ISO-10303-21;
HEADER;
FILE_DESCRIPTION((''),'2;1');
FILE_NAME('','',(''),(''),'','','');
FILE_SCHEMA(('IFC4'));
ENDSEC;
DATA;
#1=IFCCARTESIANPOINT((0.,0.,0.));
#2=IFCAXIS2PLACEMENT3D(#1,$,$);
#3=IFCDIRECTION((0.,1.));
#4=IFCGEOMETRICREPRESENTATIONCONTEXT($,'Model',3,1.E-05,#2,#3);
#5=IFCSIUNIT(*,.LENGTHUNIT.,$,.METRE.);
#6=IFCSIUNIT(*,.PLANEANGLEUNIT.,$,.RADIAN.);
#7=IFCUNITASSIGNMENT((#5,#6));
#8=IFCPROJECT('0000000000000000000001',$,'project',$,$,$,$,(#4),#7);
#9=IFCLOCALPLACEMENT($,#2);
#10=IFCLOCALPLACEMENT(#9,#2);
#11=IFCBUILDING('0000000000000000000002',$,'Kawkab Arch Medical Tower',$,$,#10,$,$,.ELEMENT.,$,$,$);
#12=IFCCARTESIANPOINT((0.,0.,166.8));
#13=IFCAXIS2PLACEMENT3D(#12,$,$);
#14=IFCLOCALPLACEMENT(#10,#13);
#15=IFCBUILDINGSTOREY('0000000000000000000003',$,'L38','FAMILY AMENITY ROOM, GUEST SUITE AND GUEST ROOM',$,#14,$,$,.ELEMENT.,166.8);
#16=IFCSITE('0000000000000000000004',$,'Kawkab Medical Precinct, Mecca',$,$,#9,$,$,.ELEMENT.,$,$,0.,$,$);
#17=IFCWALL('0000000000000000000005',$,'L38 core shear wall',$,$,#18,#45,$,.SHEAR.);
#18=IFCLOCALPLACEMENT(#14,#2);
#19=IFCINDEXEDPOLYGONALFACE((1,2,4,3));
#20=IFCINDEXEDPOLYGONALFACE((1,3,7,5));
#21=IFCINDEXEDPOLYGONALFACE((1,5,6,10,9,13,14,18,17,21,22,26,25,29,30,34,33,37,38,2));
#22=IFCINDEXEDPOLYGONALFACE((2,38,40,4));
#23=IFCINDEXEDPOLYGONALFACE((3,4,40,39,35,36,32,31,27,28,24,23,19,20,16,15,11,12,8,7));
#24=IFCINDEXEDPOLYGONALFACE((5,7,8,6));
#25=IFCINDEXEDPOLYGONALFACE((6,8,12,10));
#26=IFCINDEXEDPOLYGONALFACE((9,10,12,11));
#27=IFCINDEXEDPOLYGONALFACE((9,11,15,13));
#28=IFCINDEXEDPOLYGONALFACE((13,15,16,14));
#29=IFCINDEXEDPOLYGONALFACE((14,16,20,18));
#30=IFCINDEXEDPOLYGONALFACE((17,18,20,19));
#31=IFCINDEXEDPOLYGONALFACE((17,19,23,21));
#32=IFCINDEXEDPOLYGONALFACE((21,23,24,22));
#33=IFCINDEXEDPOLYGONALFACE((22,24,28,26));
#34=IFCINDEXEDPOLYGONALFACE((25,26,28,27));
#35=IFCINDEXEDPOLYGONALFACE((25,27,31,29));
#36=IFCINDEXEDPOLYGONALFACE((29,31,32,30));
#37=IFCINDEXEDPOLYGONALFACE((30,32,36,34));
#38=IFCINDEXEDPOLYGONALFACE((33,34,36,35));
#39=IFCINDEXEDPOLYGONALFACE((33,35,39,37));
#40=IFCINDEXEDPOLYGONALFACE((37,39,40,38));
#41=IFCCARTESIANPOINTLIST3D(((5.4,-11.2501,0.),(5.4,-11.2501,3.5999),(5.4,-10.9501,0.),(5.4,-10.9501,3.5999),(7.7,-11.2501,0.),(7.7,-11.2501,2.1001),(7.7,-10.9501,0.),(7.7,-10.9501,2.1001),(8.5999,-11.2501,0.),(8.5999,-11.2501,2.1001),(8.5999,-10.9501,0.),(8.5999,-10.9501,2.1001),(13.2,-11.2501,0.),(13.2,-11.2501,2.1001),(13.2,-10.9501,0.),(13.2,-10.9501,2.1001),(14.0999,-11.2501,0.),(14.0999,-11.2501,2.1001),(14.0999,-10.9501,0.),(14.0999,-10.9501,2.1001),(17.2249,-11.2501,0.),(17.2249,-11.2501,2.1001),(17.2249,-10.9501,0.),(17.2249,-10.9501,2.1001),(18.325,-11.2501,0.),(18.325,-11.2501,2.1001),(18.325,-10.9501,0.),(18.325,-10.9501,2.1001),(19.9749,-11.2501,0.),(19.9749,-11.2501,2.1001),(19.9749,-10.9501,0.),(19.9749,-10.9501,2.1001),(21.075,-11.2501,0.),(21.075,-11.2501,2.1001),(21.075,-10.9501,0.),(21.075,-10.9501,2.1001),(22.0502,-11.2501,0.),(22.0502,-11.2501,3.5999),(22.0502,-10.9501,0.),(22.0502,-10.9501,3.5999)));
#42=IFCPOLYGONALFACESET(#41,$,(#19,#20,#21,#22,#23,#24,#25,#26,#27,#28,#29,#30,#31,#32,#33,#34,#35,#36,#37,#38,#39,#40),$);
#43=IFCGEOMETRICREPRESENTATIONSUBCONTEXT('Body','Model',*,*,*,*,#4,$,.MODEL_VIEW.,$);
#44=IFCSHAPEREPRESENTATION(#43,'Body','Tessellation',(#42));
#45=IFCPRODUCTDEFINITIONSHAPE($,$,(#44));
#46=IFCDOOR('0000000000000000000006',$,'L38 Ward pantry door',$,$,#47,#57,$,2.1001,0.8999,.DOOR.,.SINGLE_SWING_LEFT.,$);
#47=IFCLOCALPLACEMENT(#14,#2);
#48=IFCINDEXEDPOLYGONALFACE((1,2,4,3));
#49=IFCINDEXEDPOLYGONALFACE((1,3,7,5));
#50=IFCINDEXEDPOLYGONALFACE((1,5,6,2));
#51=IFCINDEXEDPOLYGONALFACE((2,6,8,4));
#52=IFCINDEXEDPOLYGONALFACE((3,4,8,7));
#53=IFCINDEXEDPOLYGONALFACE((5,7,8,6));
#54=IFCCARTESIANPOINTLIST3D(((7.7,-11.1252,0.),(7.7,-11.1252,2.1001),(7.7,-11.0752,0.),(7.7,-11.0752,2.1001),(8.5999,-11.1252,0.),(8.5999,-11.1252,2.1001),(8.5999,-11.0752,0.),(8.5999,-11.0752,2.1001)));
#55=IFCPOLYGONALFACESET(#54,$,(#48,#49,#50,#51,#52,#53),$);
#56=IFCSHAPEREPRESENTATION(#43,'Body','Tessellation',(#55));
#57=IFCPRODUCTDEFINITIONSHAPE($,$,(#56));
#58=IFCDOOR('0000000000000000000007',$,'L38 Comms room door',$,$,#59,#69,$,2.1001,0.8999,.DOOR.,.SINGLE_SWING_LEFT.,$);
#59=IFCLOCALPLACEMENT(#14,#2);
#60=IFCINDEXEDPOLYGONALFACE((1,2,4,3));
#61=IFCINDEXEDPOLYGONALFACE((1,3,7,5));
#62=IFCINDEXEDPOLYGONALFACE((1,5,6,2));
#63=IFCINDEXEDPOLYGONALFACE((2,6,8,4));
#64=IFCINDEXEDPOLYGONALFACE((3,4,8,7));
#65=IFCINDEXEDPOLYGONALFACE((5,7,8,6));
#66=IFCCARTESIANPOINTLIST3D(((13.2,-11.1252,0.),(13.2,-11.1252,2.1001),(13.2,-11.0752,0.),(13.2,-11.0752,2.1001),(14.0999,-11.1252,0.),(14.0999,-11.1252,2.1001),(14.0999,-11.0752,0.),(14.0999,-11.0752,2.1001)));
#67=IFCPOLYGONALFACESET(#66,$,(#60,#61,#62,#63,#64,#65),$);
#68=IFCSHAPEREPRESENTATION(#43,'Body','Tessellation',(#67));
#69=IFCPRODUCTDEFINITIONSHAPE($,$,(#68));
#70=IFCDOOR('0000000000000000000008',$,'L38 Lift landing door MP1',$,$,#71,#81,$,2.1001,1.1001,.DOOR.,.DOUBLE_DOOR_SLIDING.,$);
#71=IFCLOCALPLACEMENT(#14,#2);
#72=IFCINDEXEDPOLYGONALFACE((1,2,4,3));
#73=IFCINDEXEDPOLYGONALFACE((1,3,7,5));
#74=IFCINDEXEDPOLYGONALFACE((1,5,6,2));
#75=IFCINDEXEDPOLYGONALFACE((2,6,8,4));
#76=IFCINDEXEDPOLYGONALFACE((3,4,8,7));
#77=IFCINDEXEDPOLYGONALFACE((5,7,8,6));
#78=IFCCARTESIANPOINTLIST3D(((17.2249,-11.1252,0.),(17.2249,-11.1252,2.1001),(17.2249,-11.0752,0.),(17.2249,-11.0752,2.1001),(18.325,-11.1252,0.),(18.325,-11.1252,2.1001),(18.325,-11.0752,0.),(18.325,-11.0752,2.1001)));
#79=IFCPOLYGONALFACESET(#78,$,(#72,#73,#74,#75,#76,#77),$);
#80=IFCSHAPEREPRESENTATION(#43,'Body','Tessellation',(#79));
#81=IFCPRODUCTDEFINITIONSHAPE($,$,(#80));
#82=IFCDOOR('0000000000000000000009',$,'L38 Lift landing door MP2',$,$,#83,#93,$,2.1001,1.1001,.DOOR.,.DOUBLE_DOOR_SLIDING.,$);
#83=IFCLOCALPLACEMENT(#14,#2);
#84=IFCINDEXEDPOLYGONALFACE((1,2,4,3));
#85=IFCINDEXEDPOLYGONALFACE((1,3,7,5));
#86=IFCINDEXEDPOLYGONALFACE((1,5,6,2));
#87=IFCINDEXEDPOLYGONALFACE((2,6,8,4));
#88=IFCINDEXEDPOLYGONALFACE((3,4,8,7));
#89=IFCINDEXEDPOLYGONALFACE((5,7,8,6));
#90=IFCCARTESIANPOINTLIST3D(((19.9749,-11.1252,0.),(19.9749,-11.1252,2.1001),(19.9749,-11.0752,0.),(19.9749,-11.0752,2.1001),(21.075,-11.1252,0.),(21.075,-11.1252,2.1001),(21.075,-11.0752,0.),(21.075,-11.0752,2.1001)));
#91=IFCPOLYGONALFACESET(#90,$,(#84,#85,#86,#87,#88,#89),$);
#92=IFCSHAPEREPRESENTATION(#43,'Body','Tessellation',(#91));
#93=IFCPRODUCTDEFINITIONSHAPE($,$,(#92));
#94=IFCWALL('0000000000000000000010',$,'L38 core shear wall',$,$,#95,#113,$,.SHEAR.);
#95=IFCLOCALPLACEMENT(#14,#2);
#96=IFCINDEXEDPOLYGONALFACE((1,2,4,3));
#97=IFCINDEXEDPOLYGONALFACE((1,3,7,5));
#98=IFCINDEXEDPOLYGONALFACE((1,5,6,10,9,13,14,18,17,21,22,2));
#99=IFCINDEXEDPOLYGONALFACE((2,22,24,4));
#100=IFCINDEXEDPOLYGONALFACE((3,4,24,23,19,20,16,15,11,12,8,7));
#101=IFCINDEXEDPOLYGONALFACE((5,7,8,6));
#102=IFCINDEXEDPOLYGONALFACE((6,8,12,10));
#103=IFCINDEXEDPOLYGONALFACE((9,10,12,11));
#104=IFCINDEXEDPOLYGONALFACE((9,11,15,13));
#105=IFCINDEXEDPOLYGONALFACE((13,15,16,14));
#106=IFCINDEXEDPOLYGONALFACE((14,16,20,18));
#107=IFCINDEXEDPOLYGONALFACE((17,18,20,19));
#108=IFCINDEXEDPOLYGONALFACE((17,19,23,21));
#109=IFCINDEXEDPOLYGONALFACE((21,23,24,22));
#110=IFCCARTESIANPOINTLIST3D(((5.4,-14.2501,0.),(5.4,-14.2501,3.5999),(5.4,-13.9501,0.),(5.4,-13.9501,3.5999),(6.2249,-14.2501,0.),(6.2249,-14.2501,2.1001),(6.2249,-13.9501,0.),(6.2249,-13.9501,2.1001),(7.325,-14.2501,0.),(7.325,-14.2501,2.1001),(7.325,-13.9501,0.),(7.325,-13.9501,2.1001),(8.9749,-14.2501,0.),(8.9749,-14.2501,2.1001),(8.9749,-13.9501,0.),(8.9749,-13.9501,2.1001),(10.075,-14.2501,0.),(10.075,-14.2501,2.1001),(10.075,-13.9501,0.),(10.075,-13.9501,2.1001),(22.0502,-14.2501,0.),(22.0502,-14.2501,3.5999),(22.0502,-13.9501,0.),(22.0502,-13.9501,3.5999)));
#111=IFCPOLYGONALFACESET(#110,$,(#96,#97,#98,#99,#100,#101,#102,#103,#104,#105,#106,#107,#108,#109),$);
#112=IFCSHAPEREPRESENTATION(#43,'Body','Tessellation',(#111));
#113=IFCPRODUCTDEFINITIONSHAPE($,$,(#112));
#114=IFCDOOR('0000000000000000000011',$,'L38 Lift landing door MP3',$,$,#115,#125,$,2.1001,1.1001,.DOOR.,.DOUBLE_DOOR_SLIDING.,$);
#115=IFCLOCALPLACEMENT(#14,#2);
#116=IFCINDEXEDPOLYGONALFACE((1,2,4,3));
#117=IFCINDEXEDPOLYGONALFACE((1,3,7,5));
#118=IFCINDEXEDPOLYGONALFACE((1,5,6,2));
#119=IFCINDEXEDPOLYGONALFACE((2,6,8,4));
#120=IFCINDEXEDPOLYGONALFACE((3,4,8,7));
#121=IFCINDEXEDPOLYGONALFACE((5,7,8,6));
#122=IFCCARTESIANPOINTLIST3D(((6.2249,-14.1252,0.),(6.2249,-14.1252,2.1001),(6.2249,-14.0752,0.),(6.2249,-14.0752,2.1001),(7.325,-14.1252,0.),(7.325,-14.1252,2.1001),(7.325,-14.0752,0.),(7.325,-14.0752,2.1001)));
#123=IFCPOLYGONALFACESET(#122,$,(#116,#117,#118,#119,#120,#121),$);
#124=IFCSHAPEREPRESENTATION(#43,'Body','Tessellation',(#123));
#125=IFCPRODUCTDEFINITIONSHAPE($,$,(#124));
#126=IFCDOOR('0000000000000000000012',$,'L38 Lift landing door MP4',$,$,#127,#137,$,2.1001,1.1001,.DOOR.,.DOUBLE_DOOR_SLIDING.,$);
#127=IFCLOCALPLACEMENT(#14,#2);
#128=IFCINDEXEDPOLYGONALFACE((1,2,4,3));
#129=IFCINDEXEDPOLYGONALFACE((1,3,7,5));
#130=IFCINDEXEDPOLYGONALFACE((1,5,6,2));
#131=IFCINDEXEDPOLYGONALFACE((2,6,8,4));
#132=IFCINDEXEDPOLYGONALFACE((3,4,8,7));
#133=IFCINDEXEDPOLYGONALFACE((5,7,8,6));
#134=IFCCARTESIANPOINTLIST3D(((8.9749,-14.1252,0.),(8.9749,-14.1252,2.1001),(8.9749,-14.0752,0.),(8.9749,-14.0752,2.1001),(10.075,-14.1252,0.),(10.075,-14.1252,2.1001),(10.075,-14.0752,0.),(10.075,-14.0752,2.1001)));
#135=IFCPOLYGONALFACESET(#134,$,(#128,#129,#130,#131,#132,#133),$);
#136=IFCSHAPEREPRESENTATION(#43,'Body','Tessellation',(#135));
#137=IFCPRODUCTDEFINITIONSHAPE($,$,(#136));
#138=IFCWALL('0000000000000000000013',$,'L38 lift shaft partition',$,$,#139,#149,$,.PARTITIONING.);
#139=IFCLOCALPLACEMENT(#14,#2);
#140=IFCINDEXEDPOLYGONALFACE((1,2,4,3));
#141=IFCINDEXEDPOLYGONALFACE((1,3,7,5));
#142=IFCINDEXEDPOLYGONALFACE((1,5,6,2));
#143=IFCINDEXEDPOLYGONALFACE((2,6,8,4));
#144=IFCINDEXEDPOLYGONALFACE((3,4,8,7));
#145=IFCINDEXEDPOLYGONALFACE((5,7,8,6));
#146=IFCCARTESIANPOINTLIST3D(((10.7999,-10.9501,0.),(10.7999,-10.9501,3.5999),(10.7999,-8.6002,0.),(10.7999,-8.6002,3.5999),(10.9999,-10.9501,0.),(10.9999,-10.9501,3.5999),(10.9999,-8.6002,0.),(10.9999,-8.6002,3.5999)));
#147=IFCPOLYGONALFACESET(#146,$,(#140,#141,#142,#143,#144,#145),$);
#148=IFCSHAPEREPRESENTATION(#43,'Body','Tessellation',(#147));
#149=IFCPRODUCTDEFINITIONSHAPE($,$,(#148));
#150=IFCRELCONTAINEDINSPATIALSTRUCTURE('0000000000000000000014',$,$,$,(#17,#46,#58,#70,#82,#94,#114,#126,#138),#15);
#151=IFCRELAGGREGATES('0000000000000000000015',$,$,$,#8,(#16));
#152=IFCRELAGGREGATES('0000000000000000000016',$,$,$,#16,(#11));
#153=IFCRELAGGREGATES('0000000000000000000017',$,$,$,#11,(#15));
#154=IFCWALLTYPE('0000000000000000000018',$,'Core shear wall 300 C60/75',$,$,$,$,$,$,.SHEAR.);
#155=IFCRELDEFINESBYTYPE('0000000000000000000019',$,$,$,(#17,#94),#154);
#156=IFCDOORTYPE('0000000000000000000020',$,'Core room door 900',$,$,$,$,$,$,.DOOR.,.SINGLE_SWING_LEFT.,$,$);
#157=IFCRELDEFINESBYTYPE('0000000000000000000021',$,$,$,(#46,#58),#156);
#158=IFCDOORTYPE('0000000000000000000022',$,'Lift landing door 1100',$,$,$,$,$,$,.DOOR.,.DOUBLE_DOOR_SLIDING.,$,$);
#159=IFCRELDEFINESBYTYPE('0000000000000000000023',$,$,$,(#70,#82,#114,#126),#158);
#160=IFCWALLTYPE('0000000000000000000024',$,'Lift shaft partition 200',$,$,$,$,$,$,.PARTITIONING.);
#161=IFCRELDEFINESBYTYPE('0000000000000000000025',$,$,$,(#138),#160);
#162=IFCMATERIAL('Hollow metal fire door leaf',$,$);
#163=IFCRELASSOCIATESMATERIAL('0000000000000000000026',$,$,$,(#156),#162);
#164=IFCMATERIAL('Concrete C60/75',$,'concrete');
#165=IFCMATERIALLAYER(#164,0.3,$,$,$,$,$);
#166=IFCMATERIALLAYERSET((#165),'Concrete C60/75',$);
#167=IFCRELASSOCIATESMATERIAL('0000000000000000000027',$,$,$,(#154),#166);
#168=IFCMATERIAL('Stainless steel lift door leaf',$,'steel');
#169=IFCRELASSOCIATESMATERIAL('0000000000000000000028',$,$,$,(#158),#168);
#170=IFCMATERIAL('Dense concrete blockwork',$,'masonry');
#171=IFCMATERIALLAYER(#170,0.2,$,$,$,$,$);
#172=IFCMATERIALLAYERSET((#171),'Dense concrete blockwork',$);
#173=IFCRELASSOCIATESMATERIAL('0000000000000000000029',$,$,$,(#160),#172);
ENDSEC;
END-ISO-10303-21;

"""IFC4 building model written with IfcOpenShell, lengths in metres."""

from ifc_helpers import new_model, si_unit, direction, frame, frame_2d, origin, place, context, subcontext, project, spatial, rectangle, extrude, material, layer, layer_set, type_object, element, fill, save


model = new_model("IFC4")

# Units and contexts
model_context = context("Model", 3, precision=1e-05, world=origin(), true_north=direction((0.0, 1.0)))
body_context = subcontext(model_context, "Body", "Model", "MODEL_VIEW")
ifc_project = project(units=[si_unit("LENGTHUNIT", "METRE"), si_unit("PLANEANGLEUNIT", "RADIAN")], contexts=[model_context])

# Site, building, storey
site_placement = place(None, origin())
site = spatial("IfcSite", under=ifc_project, at=site_placement, Name="Kawkab Medical Precinct, Mecca", CompositionType="ELEMENT", RefElevation=0.0)
building_placement = place(site_placement, origin())
building = spatial("IfcBuilding", under=site, at=building_placement, Name="Kawkab Arch Medical Tower", CompositionType="ELEMENT")
storey_placement = place(building_placement, frame((0.0, 0.0, 166.8)))
storey = spatial("IfcBuildingStorey", under=building, at=storey_placement, Name="L38", Description="FAMILY AMENITY ROOM, GUEST SUITE AND GUEST ROOM", CompositionType="ELEMENT", Elevation=166.8)

# Shared definitions
ifc_material_1 = material(Name="Hollow metal fire door leaf")
door_type_1 = type_object("IfcDoorType", Name="Core room door 900", OperationType="SINGLE_SWING_LEFT", PredefinedType="DOOR", material=ifc_material_1)

# Shared definitions
ifc_material_2 = material(Name="Concrete C60/75", Category="concrete")
ifc_layer_1 = layer(ifc_material_2, 0.3)
ifc_layer_set_1 = layer_set([ifc_layer_1], Name="Concrete C60/75")
wall_type_1 = type_object("IfcWallType", Name="Core shear wall 300 C60/75", PredefinedType="SHEAR", material=ifc_layer_set_1)

# Walls, openings, doors
wall_1_placement = place(storey_placement, frame((5.3999, -11.1001, 0.0), z_axis=(0.0, 0.0, 1.0), x_axis=(1.0, 0.0, 0.0)))
wall_1 = element("IfcWall", 1, at=wall_1_placement, inside=storey, type_object=wall_type_1, Name="L38 core shear wall", PredefinedType="SHEAR", context=body_context, shape_type="SweptSolid", body=[
    extrude(rectangle(XDim=16.6501, YDim=0.3, at=frame_2d((8.3252, 0.0))), origin(), (0.0, 0.0, 1.0), 3.5999),
])
opening_1_placement = place(wall_1_placement, frame((11.825, 0.0, 0.0)))
opening_1 = element("IfcOpeningElement", 2, at=opening_1_placement, cuts=wall_1, PredefinedType="OPENING", context=body_context, shape_type="SweptSolid", body=[
    extrude(rectangle(XDim=1.1001, YDim=2.1001, at=frame_2d((0.55, 1.05))), frame((0.0, 0.1599, 0.0), z_axis=(0.0, -1.0, 0.0), x_axis=(1.0, 0.0, 0.0)), (0.0, 0.0, 1.0), 0.3201),
])
opening_2_placement = place(wall_1_placement, frame((14.575, 0.0, 0.0)))
opening_2 = element("IfcOpeningElement", 3, at=opening_2_placement, cuts=wall_1, PredefinedType="OPENING", context=body_context, shape_type="SweptSolid", body=[
    extrude(rectangle(XDim=1.1001, YDim=2.1001, at=frame_2d((0.55, 1.05))), frame((0.0, 0.1599, 0.0), z_axis=(0.0, -1.0, 0.0), x_axis=(1.0, 0.0, 0.0)), (0.0, 0.0, 1.0), 0.3201),
])
opening_3_placement = place(wall_1_placement, frame((2.3, 0.0, 0.0)))
opening_3 = element("IfcOpeningElement", 4, at=opening_3_placement, cuts=wall_1, PredefinedType="OPENING", context=body_context, shape_type="SweptSolid", body=[
    extrude(rectangle(XDim=0.8999, YDim=2.1001, at=frame_2d((0.45, 1.05))), frame((0.0, 0.1599, 0.0), z_axis=(0.0, -1.0, 0.0), x_axis=(1.0, 0.0, 0.0)), (0.0, 0.0, 1.0), 0.3201),
])
opening_4_placement = place(wall_1_placement, frame((7.8, 0.0, 0.0)))
opening_4 = element("IfcOpeningElement", 5, at=opening_4_placement, cuts=wall_1, PredefinedType="OPENING", context=body_context, shape_type="SweptSolid", body=[
    extrude(rectangle(XDim=0.8999, YDim=2.1001, at=frame_2d((0.45, 1.05))), frame((0.0, 0.1599, 0.0), z_axis=(0.0, -1.0, 0.0), x_axis=(1.0, 0.0, 0.0)), (0.0, 0.0, 1.0), 0.3201),
])
door_1_placement = place(opening_3_placement, origin())
door_1 = element("IfcDoor", 6, at=door_1_placement, inside=storey, type_object=door_type_1, Name="L38 Ward pantry door", OperationType="SINGLE_SWING_LEFT", OverallHeight=2.1001, OverallWidth=0.8999, PredefinedType="DOOR", context=body_context, shape_type="SweptSolid", body=[
    extrude(rectangle(XDim=0.8999, YDim=2.1001, at=frame_2d((0.45, 1.05))), frame((0.0, 0.0249, 0.0), z_axis=(0.0, -1.0, 0.0), x_axis=(1.0, 0.0, 0.0)), (0.0, 0.0, 1.0), 0.05),
])
fill(opening_3, door_1)
door_2_placement = place(opening_4_placement, origin())
door_2 = element("IfcDoor", 7, at=door_2_placement, inside=storey, type_object=door_type_1, Name="L38 Comms room door", OperationType="SINGLE_SWING_LEFT", OverallHeight=2.1001, OverallWidth=0.8999, PredefinedType="DOOR", context=body_context, shape_type="SweptSolid", body=[
    extrude(rectangle(XDim=0.8999, YDim=2.1001, at=frame_2d((0.45, 1.05))), frame((0.0, 0.0249, 0.0), z_axis=(0.0, -1.0, 0.0), x_axis=(1.0, 0.0, 0.0)), (0.0, 0.0, 1.0), 0.05),
])
fill(opening_4, door_2)
ifc_material_3 = material(Name="Stainless steel lift door leaf", Category="steel")
door_type_2 = type_object("IfcDoorType", Name="Lift landing door 1100", OperationType="DOUBLE_DOOR_SLIDING", PredefinedType="DOOR", material=ifc_material_3)
door_3_placement = place(opening_1_placement, origin())
door_3 = element("IfcDoor", 8, at=door_3_placement, inside=storey, type_object=door_type_2, Name="L38 Lift landing door MP1", OperationType="DOUBLE_DOOR_SLIDING", OverallHeight=2.1001, OverallWidth=1.1001, PredefinedType="DOOR", context=body_context, shape_type="SweptSolid", body=[
    extrude(rectangle(XDim=1.1001, YDim=2.1001, at=frame_2d((0.55, 1.05))), frame((0.0, 0.0249, 0.0), z_axis=(0.0, -1.0, 0.0), x_axis=(1.0, 0.0, 0.0)), (0.0, 0.0, 1.0), 0.05),
])
fill(opening_1, door_3)
door_4_placement = place(opening_2_placement, origin())
door_4 = element("IfcDoor", 9, at=door_4_placement, inside=storey, type_object=door_type_2, Name="L38 Lift landing door MP2", OperationType="DOUBLE_DOOR_SLIDING", OverallHeight=2.1001, OverallWidth=1.1001, PredefinedType="DOOR", context=body_context, shape_type="SweptSolid", body=[
    extrude(rectangle(XDim=1.1001, YDim=2.1001, at=frame_2d((0.55, 1.05))), frame((0.0, 0.0249, 0.0), z_axis=(0.0, -1.0, 0.0), x_axis=(1.0, 0.0, 0.0)), (0.0, 0.0, 1.0), 0.05),
])
fill(opening_2, door_4)
wall_2_placement = place(storey_placement, frame((5.3999, -14.1001, 0.0), z_axis=(0.0, 0.0, 1.0), x_axis=(1.0, 0.0, 0.0)))
wall_2 = element("IfcWall", 10, at=wall_2_placement, inside=storey, type_object=wall_type_1, Name="L38 core shear wall", PredefinedType="SHEAR", context=body_context, shape_type="SweptSolid", body=[
    extrude(rectangle(XDim=16.6501, YDim=0.3, at=frame_2d((8.3252, 0.0))), origin(), (0.0, 0.0, 1.0), 3.5999),
])
opening_5_placement = place(wall_2_placement, frame((0.825, 0.0, 0.0)))
opening_5 = element("IfcOpeningElement", 11, at=opening_5_placement, cuts=wall_2, PredefinedType="OPENING", context=body_context, shape_type="SweptSolid", body=[
    extrude(rectangle(XDim=1.1001, YDim=2.1001, at=frame_2d((0.55, 1.05))), frame((0.0, 0.1599, 0.0), z_axis=(0.0, -1.0, 0.0), x_axis=(1.0, 0.0, 0.0)), (0.0, 0.0, 1.0), 0.3201),
])
opening_6_placement = place(wall_2_placement, frame((3.575, 0.0, 0.0)))
opening_6 = element("IfcOpeningElement", 12, at=opening_6_placement, cuts=wall_2, PredefinedType="OPENING", context=body_context, shape_type="SweptSolid", body=[
    extrude(rectangle(XDim=1.1001, YDim=2.1001, at=frame_2d((0.55, 1.05))), frame((0.0, 0.1599, 0.0), z_axis=(0.0, -1.0, 0.0), x_axis=(1.0, 0.0, 0.0)), (0.0, 0.0, 1.0), 0.3201),
])
door_5_placement = place(opening_5_placement, origin())
door_5 = element("IfcDoor", 13, at=door_5_placement, inside=storey, type_object=door_type_2, Name="L38 Lift landing door MP3", OperationType="DOUBLE_DOOR_SLIDING", OverallHeight=2.1001, OverallWidth=1.1001, PredefinedType="DOOR", context=body_context, shape_type="SweptSolid", body=[
    extrude(rectangle(XDim=1.1001, YDim=2.1001, at=frame_2d((0.55, 1.05))), frame((0.0, 0.0249, 0.0), z_axis=(0.0, -1.0, 0.0), x_axis=(1.0, 0.0, 0.0)), (0.0, 0.0, 1.0), 0.05),
])
fill(opening_5, door_5)
door_6_placement = place(opening_6_placement, origin())
door_6 = element("IfcDoor", 14, at=door_6_placement, inside=storey, type_object=door_type_2, Name="L38 Lift landing door MP4", OperationType="DOUBLE_DOOR_SLIDING", OverallHeight=2.1001, OverallWidth=1.1001, PredefinedType="DOOR", context=body_context, shape_type="SweptSolid", body=[
    extrude(rectangle(XDim=1.1001, YDim=2.1001, at=frame_2d((0.55, 1.05))), frame((0.0, 0.0249, 0.0), z_axis=(0.0, -1.0, 0.0), x_axis=(1.0, 0.0, 0.0)), (0.0, 0.0, 1.0), 0.05),
])
fill(opening_6, door_6)

# Wall
ifc_material_4 = material(Name="Dense concrete blockwork", Category="masonry")
ifc_layer_2 = layer(ifc_material_4, 0.2)
ifc_layer_set_2 = layer_set([ifc_layer_2], Name="Dense concrete blockwork")
wall_type_2 = type_object("IfcWallType", Name="Lift shaft partition 200", PredefinedType="PARTITIONING", material=ifc_layer_set_2)
wall_3_placement = place(storey_placement, frame((10.8999, -10.95, 0.0), z_axis=(0.0, 0.0, 1.0), x_axis=(0.0, 1.0, 0.0)))
element("IfcWall", 15, at=wall_3_placement, inside=storey, type_object=wall_type_2, Name="L38 lift shaft partition", PredefinedType="PARTITIONING", context=body_context, shape_type="SweptSolid", body=[
    extrude(rectangle(XDim=2.3499, YDim=0.2, at=frame_2d((1.1748, 0.0))), origin(), (0.0, 0.0, 1.0), 3.5999),
])

save(model, "model.ifc")
